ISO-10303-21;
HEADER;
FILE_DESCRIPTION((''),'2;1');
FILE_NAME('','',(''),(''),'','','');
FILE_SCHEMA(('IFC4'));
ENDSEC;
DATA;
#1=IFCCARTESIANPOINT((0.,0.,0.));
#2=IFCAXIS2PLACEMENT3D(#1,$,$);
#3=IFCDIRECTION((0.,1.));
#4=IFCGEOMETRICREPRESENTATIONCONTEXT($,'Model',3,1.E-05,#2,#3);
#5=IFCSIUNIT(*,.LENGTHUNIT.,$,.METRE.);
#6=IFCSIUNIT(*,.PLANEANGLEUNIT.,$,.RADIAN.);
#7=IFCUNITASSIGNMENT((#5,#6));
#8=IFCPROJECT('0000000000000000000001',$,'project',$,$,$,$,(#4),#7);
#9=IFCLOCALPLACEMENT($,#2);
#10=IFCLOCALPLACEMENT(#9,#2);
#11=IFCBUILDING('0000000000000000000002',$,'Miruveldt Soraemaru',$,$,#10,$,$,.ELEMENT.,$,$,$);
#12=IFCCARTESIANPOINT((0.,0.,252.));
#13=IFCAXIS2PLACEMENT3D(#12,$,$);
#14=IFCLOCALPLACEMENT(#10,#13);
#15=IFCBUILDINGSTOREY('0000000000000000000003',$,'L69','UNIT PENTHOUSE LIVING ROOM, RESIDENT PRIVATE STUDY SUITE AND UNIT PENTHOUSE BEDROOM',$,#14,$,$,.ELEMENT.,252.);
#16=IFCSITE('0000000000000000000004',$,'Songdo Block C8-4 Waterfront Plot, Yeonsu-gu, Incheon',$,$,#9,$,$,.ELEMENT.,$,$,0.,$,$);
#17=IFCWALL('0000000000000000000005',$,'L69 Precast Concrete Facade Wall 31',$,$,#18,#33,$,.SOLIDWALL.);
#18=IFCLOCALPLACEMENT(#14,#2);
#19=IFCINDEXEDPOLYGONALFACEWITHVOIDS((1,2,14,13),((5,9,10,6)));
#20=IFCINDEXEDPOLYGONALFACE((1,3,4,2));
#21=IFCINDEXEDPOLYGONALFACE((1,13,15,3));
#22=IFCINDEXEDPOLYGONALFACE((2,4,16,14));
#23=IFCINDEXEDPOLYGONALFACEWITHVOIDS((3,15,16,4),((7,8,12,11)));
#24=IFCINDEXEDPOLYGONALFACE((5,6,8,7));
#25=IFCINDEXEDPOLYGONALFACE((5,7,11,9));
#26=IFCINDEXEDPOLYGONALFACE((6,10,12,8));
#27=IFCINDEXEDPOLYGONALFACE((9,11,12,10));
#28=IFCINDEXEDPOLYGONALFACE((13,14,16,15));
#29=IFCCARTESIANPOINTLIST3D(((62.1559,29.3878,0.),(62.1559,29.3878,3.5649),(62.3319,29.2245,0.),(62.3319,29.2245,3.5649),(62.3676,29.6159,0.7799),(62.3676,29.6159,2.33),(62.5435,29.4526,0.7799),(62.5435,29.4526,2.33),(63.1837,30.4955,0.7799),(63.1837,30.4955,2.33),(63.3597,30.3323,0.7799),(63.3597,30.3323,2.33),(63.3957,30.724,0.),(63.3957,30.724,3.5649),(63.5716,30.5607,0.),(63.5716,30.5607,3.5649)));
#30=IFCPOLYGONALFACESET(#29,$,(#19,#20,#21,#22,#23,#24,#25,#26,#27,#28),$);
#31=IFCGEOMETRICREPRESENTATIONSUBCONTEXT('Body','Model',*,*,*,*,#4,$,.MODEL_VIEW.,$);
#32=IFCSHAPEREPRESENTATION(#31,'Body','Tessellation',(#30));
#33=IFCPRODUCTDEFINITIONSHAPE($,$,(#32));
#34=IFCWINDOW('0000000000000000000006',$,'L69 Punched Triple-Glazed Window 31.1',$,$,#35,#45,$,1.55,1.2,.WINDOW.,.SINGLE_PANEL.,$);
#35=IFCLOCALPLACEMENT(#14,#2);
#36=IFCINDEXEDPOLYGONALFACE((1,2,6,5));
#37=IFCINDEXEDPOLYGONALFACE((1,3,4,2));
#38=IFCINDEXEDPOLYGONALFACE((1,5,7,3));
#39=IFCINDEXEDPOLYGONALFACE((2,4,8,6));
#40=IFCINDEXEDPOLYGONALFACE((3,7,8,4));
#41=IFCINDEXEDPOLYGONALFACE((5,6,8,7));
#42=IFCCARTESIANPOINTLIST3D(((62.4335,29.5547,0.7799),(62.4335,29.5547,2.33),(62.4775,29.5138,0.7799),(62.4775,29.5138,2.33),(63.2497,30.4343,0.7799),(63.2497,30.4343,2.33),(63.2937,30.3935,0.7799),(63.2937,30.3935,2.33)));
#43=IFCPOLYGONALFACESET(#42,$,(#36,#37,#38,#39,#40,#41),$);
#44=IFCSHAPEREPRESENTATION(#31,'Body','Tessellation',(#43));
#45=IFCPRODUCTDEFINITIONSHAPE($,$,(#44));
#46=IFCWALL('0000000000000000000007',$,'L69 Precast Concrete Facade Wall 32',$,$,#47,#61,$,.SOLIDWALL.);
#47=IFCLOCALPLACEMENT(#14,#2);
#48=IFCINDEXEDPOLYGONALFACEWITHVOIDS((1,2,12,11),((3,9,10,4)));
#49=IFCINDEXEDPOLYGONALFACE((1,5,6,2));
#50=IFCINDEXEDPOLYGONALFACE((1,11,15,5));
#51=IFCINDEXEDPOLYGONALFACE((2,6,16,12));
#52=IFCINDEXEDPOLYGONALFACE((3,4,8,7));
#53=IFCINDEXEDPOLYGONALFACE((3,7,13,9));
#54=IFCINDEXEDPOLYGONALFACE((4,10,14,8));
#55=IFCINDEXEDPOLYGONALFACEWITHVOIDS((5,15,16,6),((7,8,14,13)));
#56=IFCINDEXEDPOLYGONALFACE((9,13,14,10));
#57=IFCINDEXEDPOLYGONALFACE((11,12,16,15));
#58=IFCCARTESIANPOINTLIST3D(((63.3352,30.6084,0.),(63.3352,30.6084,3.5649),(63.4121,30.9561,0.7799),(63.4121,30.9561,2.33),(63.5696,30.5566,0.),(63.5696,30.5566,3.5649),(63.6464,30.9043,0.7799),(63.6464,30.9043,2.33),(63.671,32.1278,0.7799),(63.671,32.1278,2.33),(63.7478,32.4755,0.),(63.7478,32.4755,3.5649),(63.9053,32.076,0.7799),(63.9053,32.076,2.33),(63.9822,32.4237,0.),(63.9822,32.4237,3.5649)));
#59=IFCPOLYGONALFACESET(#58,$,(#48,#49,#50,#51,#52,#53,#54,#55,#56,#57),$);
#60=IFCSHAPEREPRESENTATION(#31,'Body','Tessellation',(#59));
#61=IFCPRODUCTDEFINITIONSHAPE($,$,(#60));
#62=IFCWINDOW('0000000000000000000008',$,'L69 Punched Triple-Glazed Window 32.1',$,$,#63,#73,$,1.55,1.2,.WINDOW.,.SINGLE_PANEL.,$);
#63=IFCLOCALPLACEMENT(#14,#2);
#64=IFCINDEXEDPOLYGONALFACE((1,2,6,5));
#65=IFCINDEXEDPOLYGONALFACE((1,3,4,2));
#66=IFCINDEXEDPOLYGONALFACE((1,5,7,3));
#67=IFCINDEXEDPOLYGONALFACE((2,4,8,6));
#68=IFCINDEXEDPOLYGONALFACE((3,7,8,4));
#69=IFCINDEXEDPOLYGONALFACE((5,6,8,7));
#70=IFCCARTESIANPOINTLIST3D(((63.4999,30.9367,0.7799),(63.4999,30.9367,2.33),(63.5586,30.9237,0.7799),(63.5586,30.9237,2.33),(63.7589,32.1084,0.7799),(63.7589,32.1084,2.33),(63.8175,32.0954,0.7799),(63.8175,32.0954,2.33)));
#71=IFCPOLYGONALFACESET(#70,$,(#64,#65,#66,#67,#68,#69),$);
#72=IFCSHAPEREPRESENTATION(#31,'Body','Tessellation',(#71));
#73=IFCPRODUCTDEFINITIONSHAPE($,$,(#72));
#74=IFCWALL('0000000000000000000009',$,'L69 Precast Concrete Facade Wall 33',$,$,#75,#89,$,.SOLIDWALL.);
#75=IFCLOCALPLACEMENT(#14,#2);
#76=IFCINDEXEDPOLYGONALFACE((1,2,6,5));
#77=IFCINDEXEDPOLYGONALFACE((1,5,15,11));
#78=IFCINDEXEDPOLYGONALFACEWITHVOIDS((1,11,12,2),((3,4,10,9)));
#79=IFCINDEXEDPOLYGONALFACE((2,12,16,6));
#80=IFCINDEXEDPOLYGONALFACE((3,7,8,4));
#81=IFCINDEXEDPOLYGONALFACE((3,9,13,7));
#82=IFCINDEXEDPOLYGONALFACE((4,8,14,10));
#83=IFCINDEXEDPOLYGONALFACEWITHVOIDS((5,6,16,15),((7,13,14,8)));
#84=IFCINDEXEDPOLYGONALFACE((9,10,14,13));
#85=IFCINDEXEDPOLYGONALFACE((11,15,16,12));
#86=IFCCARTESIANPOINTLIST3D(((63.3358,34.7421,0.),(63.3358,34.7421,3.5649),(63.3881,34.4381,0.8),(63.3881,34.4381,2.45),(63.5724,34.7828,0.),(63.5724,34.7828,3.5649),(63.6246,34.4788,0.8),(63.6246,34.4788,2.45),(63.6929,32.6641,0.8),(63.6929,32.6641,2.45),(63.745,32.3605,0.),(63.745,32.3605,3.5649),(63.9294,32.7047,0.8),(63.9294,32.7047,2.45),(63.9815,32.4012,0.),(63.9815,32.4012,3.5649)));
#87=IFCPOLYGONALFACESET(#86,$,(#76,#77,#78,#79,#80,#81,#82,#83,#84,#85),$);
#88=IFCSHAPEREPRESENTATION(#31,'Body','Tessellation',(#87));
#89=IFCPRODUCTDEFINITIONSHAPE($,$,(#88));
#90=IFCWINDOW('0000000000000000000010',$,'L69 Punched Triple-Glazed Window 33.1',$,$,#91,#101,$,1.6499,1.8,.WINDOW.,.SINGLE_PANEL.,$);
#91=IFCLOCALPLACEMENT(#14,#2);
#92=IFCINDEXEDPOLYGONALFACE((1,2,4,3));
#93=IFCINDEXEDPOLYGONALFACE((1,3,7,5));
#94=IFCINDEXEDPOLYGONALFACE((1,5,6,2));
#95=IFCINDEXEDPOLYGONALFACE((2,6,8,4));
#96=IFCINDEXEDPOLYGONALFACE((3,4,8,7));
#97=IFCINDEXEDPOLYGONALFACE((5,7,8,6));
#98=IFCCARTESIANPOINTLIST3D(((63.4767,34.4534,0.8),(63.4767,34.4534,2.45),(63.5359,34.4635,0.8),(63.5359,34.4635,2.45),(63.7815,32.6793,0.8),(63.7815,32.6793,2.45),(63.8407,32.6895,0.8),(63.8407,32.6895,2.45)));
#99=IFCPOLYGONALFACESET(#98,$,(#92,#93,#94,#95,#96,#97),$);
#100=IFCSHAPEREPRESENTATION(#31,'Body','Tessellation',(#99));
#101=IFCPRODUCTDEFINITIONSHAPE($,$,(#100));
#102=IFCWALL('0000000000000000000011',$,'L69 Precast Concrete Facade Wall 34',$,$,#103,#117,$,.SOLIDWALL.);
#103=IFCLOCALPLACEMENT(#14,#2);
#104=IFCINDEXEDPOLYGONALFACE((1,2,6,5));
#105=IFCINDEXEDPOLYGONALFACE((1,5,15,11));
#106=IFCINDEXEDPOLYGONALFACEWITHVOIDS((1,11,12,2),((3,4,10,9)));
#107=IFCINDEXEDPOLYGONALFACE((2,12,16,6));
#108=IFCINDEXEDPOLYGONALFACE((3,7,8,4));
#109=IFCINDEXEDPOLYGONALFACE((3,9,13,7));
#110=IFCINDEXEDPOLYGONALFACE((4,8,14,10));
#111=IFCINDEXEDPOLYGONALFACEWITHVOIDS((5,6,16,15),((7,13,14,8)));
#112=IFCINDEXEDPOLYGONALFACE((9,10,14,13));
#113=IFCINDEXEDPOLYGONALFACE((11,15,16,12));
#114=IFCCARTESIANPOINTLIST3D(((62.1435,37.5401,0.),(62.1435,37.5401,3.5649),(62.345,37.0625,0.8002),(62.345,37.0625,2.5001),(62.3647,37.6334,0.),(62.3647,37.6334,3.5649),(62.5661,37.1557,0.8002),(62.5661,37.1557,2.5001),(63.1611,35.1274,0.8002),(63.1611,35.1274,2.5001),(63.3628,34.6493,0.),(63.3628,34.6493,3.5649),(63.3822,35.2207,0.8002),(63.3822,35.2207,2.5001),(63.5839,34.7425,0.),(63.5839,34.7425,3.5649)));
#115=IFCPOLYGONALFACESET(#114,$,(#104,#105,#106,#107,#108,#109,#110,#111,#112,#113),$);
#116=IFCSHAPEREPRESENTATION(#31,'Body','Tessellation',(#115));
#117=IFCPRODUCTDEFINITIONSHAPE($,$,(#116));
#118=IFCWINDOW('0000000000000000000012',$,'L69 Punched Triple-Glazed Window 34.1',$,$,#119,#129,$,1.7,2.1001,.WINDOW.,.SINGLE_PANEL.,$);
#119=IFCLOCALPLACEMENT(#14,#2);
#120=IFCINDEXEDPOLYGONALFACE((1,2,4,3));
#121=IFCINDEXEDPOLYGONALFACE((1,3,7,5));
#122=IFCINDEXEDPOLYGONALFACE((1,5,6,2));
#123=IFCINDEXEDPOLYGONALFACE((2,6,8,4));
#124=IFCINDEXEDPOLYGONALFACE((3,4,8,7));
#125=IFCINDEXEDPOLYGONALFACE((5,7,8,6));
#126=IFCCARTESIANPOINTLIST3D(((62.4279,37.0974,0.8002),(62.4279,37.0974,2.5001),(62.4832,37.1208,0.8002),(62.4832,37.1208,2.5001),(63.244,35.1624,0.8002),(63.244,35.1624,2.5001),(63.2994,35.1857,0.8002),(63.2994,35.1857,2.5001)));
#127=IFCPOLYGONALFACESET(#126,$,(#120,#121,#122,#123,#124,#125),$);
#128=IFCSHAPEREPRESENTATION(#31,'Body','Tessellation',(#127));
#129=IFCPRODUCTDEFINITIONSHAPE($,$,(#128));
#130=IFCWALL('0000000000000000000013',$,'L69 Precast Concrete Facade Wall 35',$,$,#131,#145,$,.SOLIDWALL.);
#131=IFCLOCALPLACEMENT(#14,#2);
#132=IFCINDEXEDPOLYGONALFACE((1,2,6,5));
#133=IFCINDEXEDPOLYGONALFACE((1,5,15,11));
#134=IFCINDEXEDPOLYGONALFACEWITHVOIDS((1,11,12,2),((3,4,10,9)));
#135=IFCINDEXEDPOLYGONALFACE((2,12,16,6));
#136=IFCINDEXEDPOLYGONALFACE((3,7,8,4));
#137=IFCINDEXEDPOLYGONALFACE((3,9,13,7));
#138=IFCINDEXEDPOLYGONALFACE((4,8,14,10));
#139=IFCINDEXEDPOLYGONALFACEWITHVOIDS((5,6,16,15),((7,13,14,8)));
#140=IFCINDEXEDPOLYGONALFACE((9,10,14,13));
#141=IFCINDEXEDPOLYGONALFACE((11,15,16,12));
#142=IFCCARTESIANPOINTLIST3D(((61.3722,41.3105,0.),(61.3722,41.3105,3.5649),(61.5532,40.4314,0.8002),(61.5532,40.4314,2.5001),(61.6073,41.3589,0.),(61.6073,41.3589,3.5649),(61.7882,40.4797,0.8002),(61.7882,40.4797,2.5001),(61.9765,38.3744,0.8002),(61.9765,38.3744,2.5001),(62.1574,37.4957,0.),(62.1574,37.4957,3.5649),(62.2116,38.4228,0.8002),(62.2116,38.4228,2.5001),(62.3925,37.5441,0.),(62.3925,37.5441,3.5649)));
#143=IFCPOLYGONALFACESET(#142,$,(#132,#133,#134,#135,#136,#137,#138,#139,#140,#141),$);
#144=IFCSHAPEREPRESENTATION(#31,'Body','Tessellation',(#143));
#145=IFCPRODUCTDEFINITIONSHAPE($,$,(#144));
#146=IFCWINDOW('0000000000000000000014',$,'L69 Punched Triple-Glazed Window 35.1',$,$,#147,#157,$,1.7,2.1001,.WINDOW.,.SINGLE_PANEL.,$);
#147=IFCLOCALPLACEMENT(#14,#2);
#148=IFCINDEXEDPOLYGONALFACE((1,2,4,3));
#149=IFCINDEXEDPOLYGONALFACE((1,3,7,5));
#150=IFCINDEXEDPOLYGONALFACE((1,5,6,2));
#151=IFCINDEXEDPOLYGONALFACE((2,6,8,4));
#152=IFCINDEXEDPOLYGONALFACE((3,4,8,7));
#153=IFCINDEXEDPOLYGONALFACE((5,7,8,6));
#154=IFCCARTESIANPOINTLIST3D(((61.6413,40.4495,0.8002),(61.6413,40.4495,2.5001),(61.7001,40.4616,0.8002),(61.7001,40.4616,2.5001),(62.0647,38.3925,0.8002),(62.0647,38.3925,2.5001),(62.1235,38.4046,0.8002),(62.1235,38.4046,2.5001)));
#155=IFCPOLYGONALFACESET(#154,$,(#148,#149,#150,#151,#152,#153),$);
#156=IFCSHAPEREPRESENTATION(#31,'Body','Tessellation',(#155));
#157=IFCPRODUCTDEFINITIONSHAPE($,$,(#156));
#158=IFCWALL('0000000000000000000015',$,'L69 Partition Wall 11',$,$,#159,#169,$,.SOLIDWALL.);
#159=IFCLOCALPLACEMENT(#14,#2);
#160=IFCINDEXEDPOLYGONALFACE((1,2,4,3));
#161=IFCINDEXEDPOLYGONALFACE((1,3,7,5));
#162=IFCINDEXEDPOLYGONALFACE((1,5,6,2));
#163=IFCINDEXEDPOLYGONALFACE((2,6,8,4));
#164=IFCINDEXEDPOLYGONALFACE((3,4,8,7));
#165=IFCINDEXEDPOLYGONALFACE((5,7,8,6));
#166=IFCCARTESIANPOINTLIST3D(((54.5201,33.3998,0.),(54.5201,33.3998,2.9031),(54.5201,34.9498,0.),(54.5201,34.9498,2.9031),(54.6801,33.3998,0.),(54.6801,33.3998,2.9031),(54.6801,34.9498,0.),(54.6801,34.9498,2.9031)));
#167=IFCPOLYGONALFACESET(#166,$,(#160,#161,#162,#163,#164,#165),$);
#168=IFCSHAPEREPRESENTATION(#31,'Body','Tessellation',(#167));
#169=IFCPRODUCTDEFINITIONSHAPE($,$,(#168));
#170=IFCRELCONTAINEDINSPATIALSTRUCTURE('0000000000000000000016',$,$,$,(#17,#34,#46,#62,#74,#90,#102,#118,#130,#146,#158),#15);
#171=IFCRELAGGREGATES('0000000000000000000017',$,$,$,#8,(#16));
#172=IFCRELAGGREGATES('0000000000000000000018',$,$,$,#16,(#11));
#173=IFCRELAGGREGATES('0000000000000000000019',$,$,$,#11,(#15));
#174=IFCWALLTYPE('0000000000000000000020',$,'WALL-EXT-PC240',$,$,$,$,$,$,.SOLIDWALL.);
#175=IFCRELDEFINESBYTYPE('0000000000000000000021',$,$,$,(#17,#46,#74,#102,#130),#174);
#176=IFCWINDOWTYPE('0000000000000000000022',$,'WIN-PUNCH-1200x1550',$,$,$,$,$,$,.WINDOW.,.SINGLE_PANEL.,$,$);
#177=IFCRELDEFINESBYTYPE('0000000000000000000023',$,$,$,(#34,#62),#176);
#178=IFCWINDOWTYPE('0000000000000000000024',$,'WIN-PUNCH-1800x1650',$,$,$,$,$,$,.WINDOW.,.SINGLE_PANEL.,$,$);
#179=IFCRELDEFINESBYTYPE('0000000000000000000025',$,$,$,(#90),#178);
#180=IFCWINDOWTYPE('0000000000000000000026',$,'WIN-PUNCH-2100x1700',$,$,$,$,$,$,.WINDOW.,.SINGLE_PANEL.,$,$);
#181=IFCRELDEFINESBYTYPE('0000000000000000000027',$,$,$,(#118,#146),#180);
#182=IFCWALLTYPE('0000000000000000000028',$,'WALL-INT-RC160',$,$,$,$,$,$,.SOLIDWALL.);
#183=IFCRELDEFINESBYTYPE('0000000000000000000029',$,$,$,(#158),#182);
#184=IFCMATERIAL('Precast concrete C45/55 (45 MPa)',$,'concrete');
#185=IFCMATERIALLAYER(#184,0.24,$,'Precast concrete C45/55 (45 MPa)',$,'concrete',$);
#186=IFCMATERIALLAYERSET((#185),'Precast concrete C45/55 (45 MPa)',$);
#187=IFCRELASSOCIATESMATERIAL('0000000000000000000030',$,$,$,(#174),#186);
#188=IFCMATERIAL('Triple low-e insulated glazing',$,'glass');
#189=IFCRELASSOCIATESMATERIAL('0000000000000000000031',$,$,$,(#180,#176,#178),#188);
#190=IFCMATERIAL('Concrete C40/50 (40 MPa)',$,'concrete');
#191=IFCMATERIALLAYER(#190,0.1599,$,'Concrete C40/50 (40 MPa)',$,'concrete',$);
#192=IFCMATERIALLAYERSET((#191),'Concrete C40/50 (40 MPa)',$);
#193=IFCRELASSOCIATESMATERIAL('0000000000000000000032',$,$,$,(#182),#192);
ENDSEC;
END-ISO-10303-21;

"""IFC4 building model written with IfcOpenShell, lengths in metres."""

from ifc_helpers import new_model, si_unit, direction, frame, frame_2d, origin, place, context, subcontext, project, spatial, rectangle, extrude, material, layer, layer_set, type_object, element, fill, save


model = new_model("IFC4")

# Units and contexts
model_context = context("Model", 3, precision=1e-05, world=origin(), true_north=direction((0.0, 1.0)))
body_context = subcontext(model_context, "Body", "Model", "MODEL_VIEW")
ifc_project = project(units=[si_unit("LENGTHUNIT", "METRE"), si_unit("PLANEANGLEUNIT", "RADIAN")], contexts=[model_context])

# Site, building, storey
site_placement = place(None, origin())
site = spatial("IfcSite", under=ifc_project, at=site_placement, Name="Songdo Block C8-4 Waterfront Plot, Yeonsu-gu, Incheon", CompositionType="ELEMENT", RefElevation=0.0)
building_placement = place(site_placement, origin())
building = spatial("IfcBuilding", under=site, at=building_placement, Name="Miruveldt Soraemaru", CompositionType="ELEMENT")
storey_placement = place(building_placement, frame((0.0, 0.0, 252.0)))
storey = spatial("IfcBuildingStorey", under=building, at=storey_placement, Name="L69", Description="UNIT PENTHOUSE LIVING ROOM, RESIDENT PRIVATE STUDY SUITE AND UNIT PENTHOUSE BEDROOM", CompositionType="ELEMENT", Elevation=252.0)

# Walls, openings, windows
ifc_material_1 = material(Name="Precast concrete C45/55 (45 MPa)", Category="concrete")
ifc_layer_1 = layer(ifc_material_1, 0.24, Name="Precast concrete C45/55 (45 MPa)", Category="concrete")
ifc_layer_set_1 = layer_set([ifc_layer_1], Name="Precast concrete C45/55 (45 MPa)")
wall_type_1 = type_object("IfcWallType", Name="WALL-EXT-PC240", PredefinedType="SOLIDWALL", material=ifc_layer_set_1)
ifc_material_2 = material(Name="Triple low-e insulated glazing", Category="glass")
window_type_1 = type_object("IfcWindowType", Name="WIN-PUNCH-2100x1700", PartitioningType="SINGLE_PANEL", PredefinedType="WINDOW", material=ifc_material_2)
wall_1_placement = place(storey_placement, frame((62.2439, 29.3062, 0.0), z_axis=(0.0, 0.0, 1.0), x_axis=(0.680158, 0.733065, 0.0)))
wall_1 = element("IfcWall", 1, at=wall_1_placement, inside=storey, type_object=wall_type_1, Name="L69 Precast Concrete Facade Wall 31", PredefinedType="SOLIDWALL", context=body_context, shape_type="SweptSolid", body=[
    extrude(rectangle(XDim=1.8228, YDim=0.24, at=frame_2d((0.9114, 0.0))), origin(), (0.0, 0.0, 1.0), 3.5649),
])
opening_1_placement = place(wall_1_placement, frame((0.311, 0.0, 0.78)))
opening_1 = element("IfcOpeningElement", 2, at=opening_1_placement, cuts=wall_1, PredefinedType="OPENING", context=body_context, shape_type="SweptSolid", body=[
    extrude(rectangle(XDim=1.2, YDim=1.55, at=frame_2d((0.6001, 0.7749))), frame((0.0, 0.1299, 0.0), z_axis=(0.0, -1.0, 0.0), x_axis=(1.0, 0.0, 0.0)), (0.0, 0.0, 1.0), 0.26),
])
window_type_2 = type_object("IfcWindowType", Name="WIN-PUNCH-1200x1550", PartitioningType="SINGLE_PANEL", PredefinedType="WINDOW", material=ifc_material_2)
window_1_placement = place(opening_1_placement, origin())
window_1 = element("IfcWindow", 3, at=window_1_placement, inside=storey, type_object=window_type_2, Name="L69 Punched Triple-Glazed Window 31.1", OverallHeight=1.55, OverallWidth=1.2, PartitioningType="SINGLE_PANEL", PredefinedType="WINDOW", context=body_context, shape_type="SweptSolid", body=[
    extrude(rectangle(XDim=1.2, YDim=1.55, at=frame_2d((0.6001, 0.7749))), frame((0.0, 0.03, 0.0), z_axis=(0.0, -1.0, 0.0), x_axis=(1.0, 0.0, 0.0)), (0.0, 0.0, 1.0), 0.0601),
])
fill(opening_1, window_1)
wall_2_placement = place(storey_placement, frame((63.4524, 30.5825, 0.0), z_axis=(0.0, 0.0, 1.0), x_axis=(0.215795, 0.976439, 0.0)))
wall_2 = element("IfcWall", 4, at=wall_2_placement, inside=storey, type_object=wall_type_1, Name="L69 Precast Concrete Facade Wall 32", PredefinedType="SOLIDWALL", context=body_context, shape_type="SweptSolid", body=[
    extrude(rectangle(XDim=1.9121, YDim=0.24, at=frame_2d((0.9561, 0.0))), origin(), (0.0, 0.0, 1.0), 3.5649),
])
opening_2_placement = place(wall_2_placement, frame((0.356, 0.0, 0.78)))
opening_2 = element("IfcOpeningElement", 5, at=opening_2_placement, cuts=wall_2, PredefinedType="OPENING", context=body_context, shape_type="SweptSolid", body=[
    extrude(rectangle(XDim=1.2, YDim=1.55, at=frame_2d((0.6001, 0.7749))), frame((0.0, 0.1299, 0.0), z_axis=(0.0, -1.0, 0.0), x_axis=(1.0, 0.0, 0.0)), (0.0, 0.0, 1.0), 0.26),
])
window_2_placement = place(opening_2_placement, origin())
window_2 = element("IfcWindow", 6, at=window_2_placement, inside=storey, type_object=window_type_2, Name="L69 Punched Triple-Glazed Window 32.1", OverallHeight=1.55, OverallWidth=1.2, PartitioningType="SINGLE_PANEL", PredefinedType="WINDOW", context=body_context, shape_type="SweptSolid", body=[
    extrude(rectangle(XDim=1.2, YDim=1.55, at=frame_2d((0.6001, 0.7749))), frame((0.0, 0.03, 0.0), z_axis=(0.0, -1.0, 0.0), x_axis=(1.0, 0.0, 0.0)), (0.0, 0.0, 1.0), 0.0601),
])
fill(opening_2, window_2)
wall_3_placement = place(storey_placement, frame((63.8633, 32.3809, 0.0), z_axis=(0.0, 0.0, 1.0), x_axis=(-0.169328, 0.98556, 0.0)))
wall_3 = element("IfcWall", 7, at=wall_3_placement, inside=storey, type_object=wall_type_1, Name="L69 Precast Concrete Facade Wall 33", PredefinedType="SOLIDWALL", context=body_context, shape_type="SweptSolid", body=[
    extrude(rectangle(XDim=2.4165, YDim=0.24, at=frame_2d((1.2083, 0.0))), origin(), (0.0, 0.0, 1.0), 3.5649),
])
opening_3_placement = place(wall_3_placement, frame((0.3081, 0.0, 0.8)))
opening_3 = element("IfcOpeningElement", 8, at=opening_3_placement, cuts=wall_3, PredefinedType="OPENING", context=body_context, shape_type="SweptSolid", body=[
    extrude(rectangle(XDim=1.8, YDim=1.6499, at=frame_2d((0.8999, 0.825))), frame((0.0, 0.1299, 0.0), z_axis=(0.0, -1.0, 0.0), x_axis=(1.0, 0.0, 0.0)), (0.0, 0.0, 1.0), 0.26),
])
window_type_3 = type_object("IfcWindowType", Name="WIN-PUNCH-1800x1650", PartitioningType="SINGLE_PANEL", PredefinedType="WINDOW", material=ifc_material_2)
window_3_placement = place(opening_3_placement, origin())
window_3 = element("IfcWindow", 9, at=window_3_placement, inside=storey, type_object=window_type_3, Name="L69 Punched Triple-Glazed Window 33.1", OverallHeight=1.6499, OverallWidth=1.8, PartitioningType="SINGLE_PANEL", PredefinedType="WINDOW", context=body_context, shape_type="SweptSolid", body=[
    extrude(rectangle(XDim=1.8, YDim=1.6499, at=frame_2d((0.8999, 0.825))), frame((0.0, 0.03, 0.0), z_axis=(0.0, -1.0, 0.0), x_axis=(1.0, 0.0, 0.0)), (0.0, 0.0, 1.0), 0.0601),
])
fill(opening_3, window_3)
wall_4_placement = place(storey_placement, frame((63.4734, 34.6958, 0.0), z_axis=(0.0, 0.0, 1.0), x_axis=(-0.388607, 0.921404, 0.0)))
wall_4 = element("IfcWall", 10, at=wall_4_placement, inside=storey, type_object=wall_type_1, Name="L69 Precast Concrete Facade Wall 34", PredefinedType="SOLIDWALL", context=body_context, shape_type="SweptSolid", body=[
    extrude(rectangle(XDim=3.1375, YDim=0.24, at=frame_2d((1.5688, 0.0))), origin(), (0.0, 0.0, 1.0), 3.5649),
])
opening_4_placement = place(wall_4_placement, frame((0.519, 0.0, 0.8)))
opening_4 = element("IfcOpeningElement", 11, at=opening_4_placement, cuts=wall_4, PredefinedType="OPENING", context=body_context, shape_type="SweptSolid", body=[
    extrude(rectangle(XDim=2.1001, YDim=1.7, at=frame_2d((1.05, 0.8501))), frame((0.0, 0.1299, 0.0), z_axis=(0.0, -1.0, 0.0), x_axis=(1.0, 0.0, 0.0)), (0.0, 0.0, 1.0), 0.26),
])
window_4_placement = place(opening_4_placement, origin())
window_4 = element("IfcWindow", 12, at=window_4_placement, inside=storey, type_object=window_type_1, Name="L69 Punched Triple-Glazed Window 34.1", OverallHeight=1.7, OverallWidth=2.1001, PartitioningType="SINGLE_PANEL", PredefinedType="WINDOW", context=body_context, shape_type="SweptSolid", body=[
    extrude(rectangle(XDim=2.1001, YDim=1.7, at=frame_2d((1.05, 0.8501))), frame((0.0, 0.03, 0.0), z_axis=(0.0, -1.0, 0.0), x_axis=(1.0, 0.0, 0.0)), (0.0, 0.0, 1.0), 0.0601),
])
fill(opening_4, window_4)
wall_5_placement = place(storey_placement, frame((62.2749, 37.52, 0.0), z_axis=(0.0, 0.0, 1.0), x_axis=(-0.201598, 0.979468, 0.0)))
wall_5 = element("IfcWall", 13, at=wall_5_placement, inside=storey, type_object=wall_type_1, Name="L69 Precast Concrete Facade Wall 35", PredefinedType="SOLIDWALL", context=body_context, shape_type="SweptSolid", body=[
    extrude(rectangle(XDim=3.8948, YDim=0.24, at=frame_2d((1.9473, 0.0))), origin(), (0.0, 0.0, 1.0), 3.5649),
])
opening_5_placement = place(wall_5_placement, frame((0.897, 0.0, 0.8)))
opening_5 = element("IfcOpeningElement", 14, at=opening_5_placement, cuts=wall_5, PredefinedType="OPENING", context=body_context, shape_type="SweptSolid", body=[
    extrude(rectangle(XDim=2.1001, YDim=1.7, at=frame_2d((1.05, 0.8501))), frame((0.0, 0.1299, 0.0), z_axis=(0.0, -1.0, 0.0), x_axis=(1.0, 0.0, 0.0)), (0.0, 0.0, 1.0), 0.26),
])
window_5_placement = place(opening_5_placement, origin())
window_5 = element("IfcWindow", 15, at=window_5_placement, inside=storey, type_object=window_type_1, Name="L69 Punched Triple-Glazed Window 35.1", OverallHeight=1.7, OverallWidth=2.1001, PartitioningType="SINGLE_PANEL", PredefinedType="WINDOW", context=body_context, shape_type="SweptSolid", body=[
    extrude(rectangle(XDim=2.1001, YDim=1.7, at=frame_2d((1.05, 0.8501))), frame((0.0, 0.03, 0.0), z_axis=(0.0, -1.0, 0.0), x_axis=(1.0, 0.0, 0.0)), (0.0, 0.0, 1.0), 0.0601),
])
fill(opening_5, window_5)

# Wall
ifc_material_3 = material(Name="Concrete C40/50 (40 MPa)", Category="concrete")
ifc_layer_2 = layer(ifc_material_3, 0.1599, Name="Concrete C40/50 (40 MPa)", Category="concrete")
ifc_layer_set_2 = layer_set([ifc_layer_2], Name="Concrete C40/50 (40 MPa)")
wall_type_2 = type_object("IfcWallType", Name="WALL-INT-RC160", PredefinedType="SOLIDWALL", material=ifc_layer_set_2)
wall_6_placement = place(storey_placement, frame((54.6001, 33.3999, 0.0), z_axis=(0.0, 0.0, 1.0), x_axis=(0.0, 1.0, 0.0)))
element("IfcWall", 16, at=wall_6_placement, inside=storey, type_object=wall_type_2, Name="L69 Partition Wall 11", PredefinedType="SOLIDWALL", context=body_context, shape_type="SweptSolid", body=[
    extrude(rectangle(XDim=1.55, YDim=0.1599, at=frame_2d((0.7749, 0.0))), origin(), (0.0, 0.0, 1.0), 2.9031),
])

save(model, "model.ifc")
